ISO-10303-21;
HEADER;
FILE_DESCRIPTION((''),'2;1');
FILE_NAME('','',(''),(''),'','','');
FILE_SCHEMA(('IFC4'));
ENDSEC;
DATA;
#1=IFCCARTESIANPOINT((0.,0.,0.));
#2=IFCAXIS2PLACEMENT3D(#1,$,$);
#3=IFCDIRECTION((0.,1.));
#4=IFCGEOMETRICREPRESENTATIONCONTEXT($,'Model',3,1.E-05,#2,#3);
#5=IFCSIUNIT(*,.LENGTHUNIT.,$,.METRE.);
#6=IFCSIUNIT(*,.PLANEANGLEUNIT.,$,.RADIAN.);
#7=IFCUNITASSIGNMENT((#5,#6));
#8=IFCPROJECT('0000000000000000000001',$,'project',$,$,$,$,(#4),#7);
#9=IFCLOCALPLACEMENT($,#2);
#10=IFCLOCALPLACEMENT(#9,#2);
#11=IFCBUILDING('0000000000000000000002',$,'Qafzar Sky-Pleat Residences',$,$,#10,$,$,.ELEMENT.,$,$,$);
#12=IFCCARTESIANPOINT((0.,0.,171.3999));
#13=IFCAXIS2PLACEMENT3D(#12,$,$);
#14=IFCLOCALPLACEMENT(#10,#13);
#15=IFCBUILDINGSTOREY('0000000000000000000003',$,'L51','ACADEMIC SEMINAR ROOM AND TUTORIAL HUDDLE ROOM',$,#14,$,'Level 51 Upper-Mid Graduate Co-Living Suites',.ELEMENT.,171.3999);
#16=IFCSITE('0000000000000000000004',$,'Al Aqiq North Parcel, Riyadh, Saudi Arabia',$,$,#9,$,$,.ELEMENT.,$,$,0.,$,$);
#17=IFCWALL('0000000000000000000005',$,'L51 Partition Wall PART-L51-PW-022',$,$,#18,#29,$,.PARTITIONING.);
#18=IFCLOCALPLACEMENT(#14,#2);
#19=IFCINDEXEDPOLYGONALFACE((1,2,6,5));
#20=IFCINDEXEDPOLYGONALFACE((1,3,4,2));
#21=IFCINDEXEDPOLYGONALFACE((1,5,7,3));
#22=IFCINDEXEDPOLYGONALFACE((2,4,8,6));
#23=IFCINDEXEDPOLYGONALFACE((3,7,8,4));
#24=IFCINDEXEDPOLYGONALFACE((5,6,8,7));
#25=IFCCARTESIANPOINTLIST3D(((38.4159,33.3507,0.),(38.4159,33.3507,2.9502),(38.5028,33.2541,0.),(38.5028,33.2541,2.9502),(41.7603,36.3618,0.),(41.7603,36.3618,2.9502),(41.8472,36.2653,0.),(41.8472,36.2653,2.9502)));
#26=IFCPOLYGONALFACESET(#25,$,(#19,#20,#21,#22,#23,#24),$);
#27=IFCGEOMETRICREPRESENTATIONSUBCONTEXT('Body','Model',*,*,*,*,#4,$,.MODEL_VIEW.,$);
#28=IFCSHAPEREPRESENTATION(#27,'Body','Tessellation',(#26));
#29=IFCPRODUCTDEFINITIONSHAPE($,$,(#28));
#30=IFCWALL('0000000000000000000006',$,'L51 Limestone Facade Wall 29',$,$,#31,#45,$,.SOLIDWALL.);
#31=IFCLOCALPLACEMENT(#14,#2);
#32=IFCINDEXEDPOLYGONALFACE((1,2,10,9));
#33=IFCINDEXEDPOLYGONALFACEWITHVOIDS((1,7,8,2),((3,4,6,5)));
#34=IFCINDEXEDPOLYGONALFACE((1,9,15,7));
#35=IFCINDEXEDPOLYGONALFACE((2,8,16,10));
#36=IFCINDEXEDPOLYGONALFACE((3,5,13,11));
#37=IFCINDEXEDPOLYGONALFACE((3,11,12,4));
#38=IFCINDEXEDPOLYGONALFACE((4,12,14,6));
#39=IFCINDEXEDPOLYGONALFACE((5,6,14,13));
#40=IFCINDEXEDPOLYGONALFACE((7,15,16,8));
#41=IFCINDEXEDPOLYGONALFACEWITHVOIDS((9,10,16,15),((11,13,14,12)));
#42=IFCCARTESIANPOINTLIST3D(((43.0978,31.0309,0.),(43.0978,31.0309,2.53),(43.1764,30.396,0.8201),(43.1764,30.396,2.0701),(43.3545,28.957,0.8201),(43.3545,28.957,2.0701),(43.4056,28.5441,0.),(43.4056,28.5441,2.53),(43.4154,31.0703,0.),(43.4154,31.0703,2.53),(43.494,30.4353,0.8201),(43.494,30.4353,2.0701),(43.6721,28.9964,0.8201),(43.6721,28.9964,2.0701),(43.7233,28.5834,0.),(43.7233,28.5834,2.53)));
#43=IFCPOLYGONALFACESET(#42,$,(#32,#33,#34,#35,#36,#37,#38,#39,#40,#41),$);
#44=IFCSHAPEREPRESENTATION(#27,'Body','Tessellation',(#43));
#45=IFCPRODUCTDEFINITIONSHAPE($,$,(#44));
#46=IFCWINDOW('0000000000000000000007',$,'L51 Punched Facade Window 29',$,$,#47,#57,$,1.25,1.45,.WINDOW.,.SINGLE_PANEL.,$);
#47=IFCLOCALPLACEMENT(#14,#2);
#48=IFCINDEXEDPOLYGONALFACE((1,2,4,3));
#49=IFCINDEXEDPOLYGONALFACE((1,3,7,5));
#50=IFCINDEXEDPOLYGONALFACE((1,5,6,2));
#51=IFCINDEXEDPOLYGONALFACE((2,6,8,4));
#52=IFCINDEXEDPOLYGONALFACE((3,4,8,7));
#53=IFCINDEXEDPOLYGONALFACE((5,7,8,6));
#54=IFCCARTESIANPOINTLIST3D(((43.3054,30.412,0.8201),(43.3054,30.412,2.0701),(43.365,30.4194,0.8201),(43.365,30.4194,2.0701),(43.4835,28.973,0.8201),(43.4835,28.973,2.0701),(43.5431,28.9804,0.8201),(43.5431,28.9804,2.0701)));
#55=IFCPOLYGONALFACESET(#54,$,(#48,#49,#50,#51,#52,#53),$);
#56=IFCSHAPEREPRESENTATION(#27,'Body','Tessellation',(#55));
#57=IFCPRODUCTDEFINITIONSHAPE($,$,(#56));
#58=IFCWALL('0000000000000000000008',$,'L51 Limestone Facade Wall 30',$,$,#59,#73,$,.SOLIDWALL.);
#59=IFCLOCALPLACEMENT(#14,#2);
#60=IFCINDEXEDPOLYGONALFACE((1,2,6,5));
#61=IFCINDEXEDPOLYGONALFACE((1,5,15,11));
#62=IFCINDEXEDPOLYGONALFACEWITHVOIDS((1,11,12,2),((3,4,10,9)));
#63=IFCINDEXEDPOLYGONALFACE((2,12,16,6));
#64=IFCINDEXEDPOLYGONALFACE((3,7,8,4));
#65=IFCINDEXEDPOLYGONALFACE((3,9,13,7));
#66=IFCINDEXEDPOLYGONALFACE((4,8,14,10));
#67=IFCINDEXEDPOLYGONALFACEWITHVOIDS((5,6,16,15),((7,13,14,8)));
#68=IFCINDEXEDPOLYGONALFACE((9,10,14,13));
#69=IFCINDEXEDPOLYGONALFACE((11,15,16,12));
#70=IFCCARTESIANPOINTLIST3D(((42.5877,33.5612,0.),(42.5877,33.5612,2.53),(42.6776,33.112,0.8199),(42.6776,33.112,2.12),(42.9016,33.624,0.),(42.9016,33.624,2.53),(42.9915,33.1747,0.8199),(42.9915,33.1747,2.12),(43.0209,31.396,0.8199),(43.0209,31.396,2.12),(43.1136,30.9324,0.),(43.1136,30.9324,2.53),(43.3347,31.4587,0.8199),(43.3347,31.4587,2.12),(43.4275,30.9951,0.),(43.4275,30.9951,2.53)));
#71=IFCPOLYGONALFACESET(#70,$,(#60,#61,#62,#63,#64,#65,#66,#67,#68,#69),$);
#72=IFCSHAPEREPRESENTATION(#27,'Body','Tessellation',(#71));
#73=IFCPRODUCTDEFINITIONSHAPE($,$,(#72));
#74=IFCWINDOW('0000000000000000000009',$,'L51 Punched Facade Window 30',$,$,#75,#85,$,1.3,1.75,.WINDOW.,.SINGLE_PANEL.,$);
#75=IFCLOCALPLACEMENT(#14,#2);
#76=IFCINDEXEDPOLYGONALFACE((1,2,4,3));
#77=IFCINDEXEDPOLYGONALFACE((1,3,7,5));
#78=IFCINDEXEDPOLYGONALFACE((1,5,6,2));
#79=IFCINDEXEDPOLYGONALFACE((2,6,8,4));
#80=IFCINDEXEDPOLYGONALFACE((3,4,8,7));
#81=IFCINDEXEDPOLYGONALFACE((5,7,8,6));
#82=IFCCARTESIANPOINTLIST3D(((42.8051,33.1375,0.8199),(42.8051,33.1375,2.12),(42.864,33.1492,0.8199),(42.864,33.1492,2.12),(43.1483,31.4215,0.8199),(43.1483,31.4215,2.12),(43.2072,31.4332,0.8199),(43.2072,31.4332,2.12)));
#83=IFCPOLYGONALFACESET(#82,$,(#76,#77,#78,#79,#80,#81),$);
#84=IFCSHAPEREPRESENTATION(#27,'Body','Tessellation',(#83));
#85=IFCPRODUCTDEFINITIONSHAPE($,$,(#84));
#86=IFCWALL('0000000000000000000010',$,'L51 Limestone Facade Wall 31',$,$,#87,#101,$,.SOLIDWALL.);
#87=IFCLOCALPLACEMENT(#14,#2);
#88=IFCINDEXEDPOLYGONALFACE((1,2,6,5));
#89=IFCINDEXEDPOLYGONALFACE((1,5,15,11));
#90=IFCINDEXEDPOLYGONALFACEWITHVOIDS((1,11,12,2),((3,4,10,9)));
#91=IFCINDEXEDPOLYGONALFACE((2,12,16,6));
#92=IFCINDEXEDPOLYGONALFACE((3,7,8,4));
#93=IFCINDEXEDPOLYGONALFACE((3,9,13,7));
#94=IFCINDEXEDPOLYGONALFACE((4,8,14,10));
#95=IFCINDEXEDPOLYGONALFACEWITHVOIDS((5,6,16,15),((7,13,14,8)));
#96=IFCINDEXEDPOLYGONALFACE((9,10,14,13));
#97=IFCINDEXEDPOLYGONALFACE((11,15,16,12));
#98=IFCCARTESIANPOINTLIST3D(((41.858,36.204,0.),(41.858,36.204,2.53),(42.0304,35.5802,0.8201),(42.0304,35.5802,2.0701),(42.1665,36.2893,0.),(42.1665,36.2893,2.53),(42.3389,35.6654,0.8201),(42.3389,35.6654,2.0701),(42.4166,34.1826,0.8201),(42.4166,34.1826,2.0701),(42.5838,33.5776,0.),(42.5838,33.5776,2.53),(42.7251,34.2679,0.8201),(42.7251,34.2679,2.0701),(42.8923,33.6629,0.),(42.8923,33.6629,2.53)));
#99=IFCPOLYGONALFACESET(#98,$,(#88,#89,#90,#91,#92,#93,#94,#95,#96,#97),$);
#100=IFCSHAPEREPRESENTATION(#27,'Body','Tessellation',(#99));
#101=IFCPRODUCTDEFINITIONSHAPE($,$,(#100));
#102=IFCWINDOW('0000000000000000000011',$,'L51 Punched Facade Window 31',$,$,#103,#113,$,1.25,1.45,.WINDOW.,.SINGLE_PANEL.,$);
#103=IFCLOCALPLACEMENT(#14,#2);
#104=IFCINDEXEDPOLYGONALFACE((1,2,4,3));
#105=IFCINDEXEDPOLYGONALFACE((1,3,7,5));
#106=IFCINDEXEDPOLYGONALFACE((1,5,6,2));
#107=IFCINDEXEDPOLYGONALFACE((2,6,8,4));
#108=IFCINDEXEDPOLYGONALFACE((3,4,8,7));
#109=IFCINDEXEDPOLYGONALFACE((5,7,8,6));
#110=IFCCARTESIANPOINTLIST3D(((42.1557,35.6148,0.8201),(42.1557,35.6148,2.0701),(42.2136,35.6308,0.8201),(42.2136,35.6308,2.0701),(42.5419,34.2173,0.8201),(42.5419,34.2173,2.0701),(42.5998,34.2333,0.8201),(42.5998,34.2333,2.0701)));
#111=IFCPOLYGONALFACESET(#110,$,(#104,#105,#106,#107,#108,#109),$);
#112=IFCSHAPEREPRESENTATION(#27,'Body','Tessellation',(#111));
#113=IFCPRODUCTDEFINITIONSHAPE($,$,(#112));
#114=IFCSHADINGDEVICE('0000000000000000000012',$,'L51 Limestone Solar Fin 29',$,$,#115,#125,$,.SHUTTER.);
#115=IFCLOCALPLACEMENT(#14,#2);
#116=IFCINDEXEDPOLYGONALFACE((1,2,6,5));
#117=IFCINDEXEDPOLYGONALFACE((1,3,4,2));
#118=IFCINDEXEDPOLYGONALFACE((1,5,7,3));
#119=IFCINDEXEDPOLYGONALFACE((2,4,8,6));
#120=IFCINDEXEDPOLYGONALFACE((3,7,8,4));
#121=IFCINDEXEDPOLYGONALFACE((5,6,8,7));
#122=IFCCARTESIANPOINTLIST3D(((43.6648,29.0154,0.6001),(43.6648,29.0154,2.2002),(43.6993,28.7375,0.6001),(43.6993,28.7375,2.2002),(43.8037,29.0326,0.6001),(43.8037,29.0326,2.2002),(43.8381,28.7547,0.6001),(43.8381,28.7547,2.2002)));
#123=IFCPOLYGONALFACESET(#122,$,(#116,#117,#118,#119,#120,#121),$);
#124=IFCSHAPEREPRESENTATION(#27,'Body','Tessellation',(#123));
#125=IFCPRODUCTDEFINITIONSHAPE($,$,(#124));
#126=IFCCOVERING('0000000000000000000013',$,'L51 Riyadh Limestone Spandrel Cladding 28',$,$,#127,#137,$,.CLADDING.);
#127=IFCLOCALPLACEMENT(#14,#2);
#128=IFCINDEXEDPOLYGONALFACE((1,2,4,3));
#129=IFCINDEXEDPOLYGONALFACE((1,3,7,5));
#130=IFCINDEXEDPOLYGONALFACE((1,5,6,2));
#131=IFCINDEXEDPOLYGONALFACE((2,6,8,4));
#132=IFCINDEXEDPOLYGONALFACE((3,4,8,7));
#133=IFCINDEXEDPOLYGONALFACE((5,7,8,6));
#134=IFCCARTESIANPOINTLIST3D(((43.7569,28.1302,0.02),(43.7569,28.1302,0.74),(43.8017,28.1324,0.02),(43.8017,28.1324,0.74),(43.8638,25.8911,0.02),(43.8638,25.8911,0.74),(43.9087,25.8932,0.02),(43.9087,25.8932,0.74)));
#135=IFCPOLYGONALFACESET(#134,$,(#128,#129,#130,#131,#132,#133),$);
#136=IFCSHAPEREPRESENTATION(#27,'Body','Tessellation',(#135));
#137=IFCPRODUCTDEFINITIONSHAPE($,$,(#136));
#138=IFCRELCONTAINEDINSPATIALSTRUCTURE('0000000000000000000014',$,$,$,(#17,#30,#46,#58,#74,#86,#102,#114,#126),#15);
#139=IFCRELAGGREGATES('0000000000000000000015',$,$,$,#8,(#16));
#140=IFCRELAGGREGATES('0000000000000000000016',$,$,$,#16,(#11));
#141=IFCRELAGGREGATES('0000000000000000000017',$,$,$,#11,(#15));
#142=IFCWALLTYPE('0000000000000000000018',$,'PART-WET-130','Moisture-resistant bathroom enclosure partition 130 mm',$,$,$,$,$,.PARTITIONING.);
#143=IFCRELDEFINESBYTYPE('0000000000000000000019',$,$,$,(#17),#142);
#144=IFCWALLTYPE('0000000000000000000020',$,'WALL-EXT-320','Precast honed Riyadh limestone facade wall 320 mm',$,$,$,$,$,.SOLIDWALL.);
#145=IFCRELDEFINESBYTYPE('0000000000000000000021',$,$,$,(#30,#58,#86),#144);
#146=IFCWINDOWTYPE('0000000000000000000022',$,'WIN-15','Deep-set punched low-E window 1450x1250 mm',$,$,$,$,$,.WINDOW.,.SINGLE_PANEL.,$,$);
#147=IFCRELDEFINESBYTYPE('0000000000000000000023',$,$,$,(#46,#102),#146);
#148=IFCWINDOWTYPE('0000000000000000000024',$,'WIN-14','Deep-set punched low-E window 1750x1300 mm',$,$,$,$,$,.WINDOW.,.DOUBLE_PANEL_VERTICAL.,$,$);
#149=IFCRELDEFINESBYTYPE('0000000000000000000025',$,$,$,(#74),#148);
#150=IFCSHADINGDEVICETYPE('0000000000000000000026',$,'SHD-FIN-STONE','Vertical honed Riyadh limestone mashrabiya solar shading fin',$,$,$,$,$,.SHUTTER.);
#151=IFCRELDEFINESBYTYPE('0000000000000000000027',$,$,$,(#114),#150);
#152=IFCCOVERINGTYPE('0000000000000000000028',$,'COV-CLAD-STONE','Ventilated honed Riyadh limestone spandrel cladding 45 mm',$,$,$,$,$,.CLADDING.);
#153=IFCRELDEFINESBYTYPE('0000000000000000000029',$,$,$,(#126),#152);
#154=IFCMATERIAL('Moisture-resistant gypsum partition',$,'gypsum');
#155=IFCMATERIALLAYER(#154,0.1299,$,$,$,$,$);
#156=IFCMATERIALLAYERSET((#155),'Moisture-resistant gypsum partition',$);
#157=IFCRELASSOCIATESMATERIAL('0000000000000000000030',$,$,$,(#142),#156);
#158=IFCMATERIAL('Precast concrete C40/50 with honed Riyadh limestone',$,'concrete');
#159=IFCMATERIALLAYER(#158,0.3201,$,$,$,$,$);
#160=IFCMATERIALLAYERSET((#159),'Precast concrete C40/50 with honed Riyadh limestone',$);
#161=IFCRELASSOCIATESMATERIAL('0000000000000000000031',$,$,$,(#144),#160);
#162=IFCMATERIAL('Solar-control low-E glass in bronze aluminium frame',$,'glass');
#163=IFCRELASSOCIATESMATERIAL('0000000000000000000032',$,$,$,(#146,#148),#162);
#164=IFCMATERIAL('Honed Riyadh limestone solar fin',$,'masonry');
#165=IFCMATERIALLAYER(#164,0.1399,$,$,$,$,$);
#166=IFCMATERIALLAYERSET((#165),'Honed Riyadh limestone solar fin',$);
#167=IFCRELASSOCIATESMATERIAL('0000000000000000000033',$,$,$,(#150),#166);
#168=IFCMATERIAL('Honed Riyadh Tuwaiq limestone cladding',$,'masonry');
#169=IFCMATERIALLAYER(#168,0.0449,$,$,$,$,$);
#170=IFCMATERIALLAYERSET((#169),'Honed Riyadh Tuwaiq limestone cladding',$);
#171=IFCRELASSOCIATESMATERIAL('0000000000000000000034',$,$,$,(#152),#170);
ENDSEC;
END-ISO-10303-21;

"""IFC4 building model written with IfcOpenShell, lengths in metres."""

from ifc_helpers import new_model, si_unit, direction, frame, frame_2d, origin, origin_2d, place, context, subcontext, project, spatial, rectangle, extrude, source, transform, mapped, material, layer, layer_set, type_object, element, fill, save


model = new_model("IFC4")

# Units and contexts
model_context = context("Model", 3, precision=1e-05, world=origin(), true_north=direction((0.0, 1.0)))
body_context = subcontext(model_context, "Body", "Model", "MODEL_VIEW")
ifc_project = project(units=[si_unit("LENGTHUNIT", "METRE"), si_unit("PLANEANGLEUNIT", "RADIAN")], contexts=[model_context])

# Site, building, storey
site_placement = place(None, origin())
site = spatial("IfcSite", under=ifc_project, at=site_placement, Name="Al Aqiq North Parcel, Riyadh, Saudi Arabia", CompositionType="ELEMENT", RefElevation=0.0)
building_placement = place(site_placement, origin())
building = spatial("IfcBuilding", under=site, at=building_placement, Name="Qafzar Sky-Pleat Residences", CompositionType="ELEMENT")
storey_placement = place(building_placement, frame((0.0, 0.0, 171.3999)))
storey = spatial("IfcBuildingStorey", under=building, at=storey_placement, Name="L51", Description="ACADEMIC SEMINAR ROOM AND TUTORIAL HUDDLE ROOM", LongName="Level 51 Upper-Mid Graduate Co-Living Suites", CompositionType="ELEMENT", Elevation=171.3999)

# Wall
ifc_material_1 = material(Name="Moisture-resistant gypsum partition", Category="gypsum")
ifc_layer_1 = layer(ifc_material_1, 0.1299)
ifc_layer_set_1 = layer_set([ifc_layer_1], Name="Moisture-resistant gypsum partition")
wall_type_1 = type_object("IfcWallType", Name="PART-WET-130", Description="Moisture-resistant bathroom enclosure partition 130 mm", PredefinedType="PARTITIONING", material=ifc_layer_set_1)
wall_1_placement = place(storey_placement, frame((38.4595, 33.3025, 0.0), z_axis=(0.0, 0.0, 1.0), x_axis=(0.743162, 0.669112, 0.0)))
element("IfcWall", 1, at=wall_1_placement, inside=storey, type_object=wall_type_1, Name="L51 Partition Wall PART-L51-PW-022", PredefinedType="PARTITIONING", context=body_context, shape_type="SweptSolid", body=[
    extrude(rectangle(XDim=4.5002, YDim=0.1299, at=frame_2d((2.25, 0.0))), origin(), (0.0, 0.0, 1.0), 2.9502),
])

# Walls, openings, windows
ifc_material_2 = material(Name="Precast concrete C40/50 with honed Riyadh limestone", Category="concrete")
ifc_layer_2 = layer(ifc_material_2, 0.3201)
ifc_layer_set_2 = layer_set([ifc_layer_2], Name="Precast concrete C40/50 with honed Riyadh limestone")
wall_type_2 = type_object("IfcWallType", Name="WALL-EXT-320", Description="Precast honed Riyadh limestone facade wall 320 mm", PredefinedType="SOLIDWALL", material=ifc_layer_set_2)
wall_2_placement = place(storey_placement, frame((43.5645, 28.5637, 0.0), z_axis=(0.0, 0.0, 1.0), x_axis=(-0.122859, 0.992424, 0.0)))
wall_2 = element("IfcWall", 2, at=wall_2_placement, inside=storey, type_object=wall_type_2, Name="L51 Limestone Facade Wall 29", PredefinedType="SOLIDWALL", context=body_context, shape_type="SweptSolid", body=[
    extrude(rectangle(XDim=2.5059, YDim=0.3201, at=frame_2d((1.2529, 0.0))), origin(), (0.0, 0.0, 1.0), 2.53),
])
opening_1_placement = place(wall_2_placement, frame((0.416, 0.0, 0.8201)))
opening_1 = element("IfcOpeningElement", 3, at=opening_1_placement, cuts=wall_2, PredefinedType="OPENING", context=body_context, shape_type="SweptSolid", body=[
    extrude(rectangle(XDim=1.45, YDim=1.25, at=frame_2d((0.7251, 0.625))), frame((0.0, 0.1699, 0.0), z_axis=(0.0, -1.0, 0.0), x_axis=(1.0, 0.0, 0.0)), (0.0, 0.0, 1.0), 0.3401),
])
ifc_material_3 = material(Name="Solar-control low-E glass in bronze aluminium frame", Category="glass")
window_type_1 = type_object("IfcWindowType", Name="WIN-15", Description="Deep-set punched low-E window 1450x1250 mm", PartitioningType="SINGLE_PANEL", PredefinedType="WINDOW", material=ifc_material_3)
shared_shape_1 = source(origin(), body_context, "Body", "SweptSolid", [
    extrude(rectangle(XDim=1.45, YDim=1.25, at=frame_2d((0.7251, 0.625))), frame((0.0, 0.03, 0.0), z_axis=(0.0, -1.0, 0.0), x_axis=(1.0, 0.0, 0.0)), (0.0, 0.0, 1.0), 0.0601),
])
window_1_placement = place(opening_1_placement, origin())
window_1 = element("IfcWindow", 4, at=window_1_placement, inside=storey, type_object=window_type_1, Name="L51 Punched Facade Window 29", OverallHeight=1.25, OverallWidth=1.45, PartitioningType="SINGLE_PANEL", PredefinedType="WINDOW", context=body_context, shape_type="MappedRepresentation", body=[
    mapped(shared_shape_1, transform((0.0, 0.0, 0.0), x_axis=(1.0, 0.0, 0.0), y_axis=(0.0, 1.0, 0.0), z_axis=(0.0, 0.0, 1.0), scale=1.0)),
])
fill(opening_1, window_1)
wall_3_placement = place(storey_placement, frame((43.2705, 30.9639, 0.0), z_axis=(0.0, 0.0, 1.0), x_axis=(-0.196151, 0.980574, 0.0)))
wall_3 = element("IfcWall", 5, at=wall_3_placement, inside=storey, type_object=wall_type_2, Name="L51 Limestone Facade Wall 30", PredefinedType="SOLIDWALL", context=body_context, shape_type="SweptSolid", body=[
    extrude(rectangle(XDim=2.6809, YDim=0.3201, at=frame_2d((1.3403, 0.0))), origin(), (0.0, 0.0, 1.0), 2.53),
])
opening_2_placement = place(wall_3_placement, frame((0.4727, 0.0, 0.8201)))
opening_2 = element("IfcOpeningElement", 6, at=opening_2_placement, cuts=wall_3, PredefinedType="OPENING", context=body_context, shape_type="SweptSolid", body=[
    extrude(rectangle(XDim=1.75, YDim=1.3, at=frame_2d((0.875, 0.6499))), frame((0.0, 0.1699, 0.0), z_axis=(0.0, -1.0, 0.0), x_axis=(1.0, 0.0, 0.0)), (0.0, 0.0, 1.0), 0.3401),
])
window_type_2 = type_object("IfcWindowType", Name="WIN-14", Description="Deep-set punched low-E window 1750x1300 mm", PartitioningType="DOUBLE_PANEL_VERTICAL", PredefinedType="WINDOW", material=ifc_material_3)
shared_shape_2 = source(origin(), body_context, "Body", "SweptSolid", [
    extrude(rectangle(XDim=1.75, YDim=1.3, at=frame_2d((0.875, 0.6499))), frame((0.0, 0.03, 0.0), z_axis=(0.0, -1.0, 0.0), x_axis=(1.0, 0.0, 0.0)), (0.0, 0.0, 1.0), 0.0601),
])
window_2_placement = place(opening_2_placement, origin())
window_2 = element("IfcWindow", 7, at=window_2_placement, inside=storey, type_object=window_type_2, Name="L51 Punched Facade Window 30", OverallHeight=1.3, OverallWidth=1.75, PartitioningType="SINGLE_PANEL", PredefinedType="WINDOW", context=body_context, shape_type="MappedRepresentation", body=[
    mapped(shared_shape_2, transform((0.0, 0.0, 0.0), x_axis=(1.0, 0.0, 0.0), y_axis=(0.0, 1.0, 0.0), z_axis=(0.0, 0.0, 1.0), scale=1.0)),
])
fill(opening_2, window_2)
wall_4_placement = place(storey_placement, frame((42.738, 33.6204, 0.0), z_axis=(0.0, 0.0, 1.0), x_axis=(-0.266368, 0.963871, 0.0)))
wall_4 = element("IfcWall", 8, at=wall_4_placement, inside=storey, type_object=wall_type_2, Name="L51 Limestone Facade Wall 31", PredefinedType="SOLIDWALL", context=body_context, shape_type="SweptSolid", body=[
    extrude(rectangle(XDim=2.7249, YDim=0.3201, at=frame_2d((1.3623, 0.0))), origin(), (0.0, 0.0, 1.0), 2.53),
])
opening_3_placement = place(wall_4_placement, frame((0.6274, 0.0, 0.8201)))
opening_3 = element("IfcOpeningElement", 9, at=opening_3_placement, cuts=wall_4, PredefinedType="OPENING", context=body_context, shape_type="SweptSolid", body=[
    extrude(rectangle(XDim=1.45, YDim=1.25, at=frame_2d((0.7251, 0.625))), frame((0.0, 0.1699, 0.0), z_axis=(0.0, -1.0, 0.0), x_axis=(1.0, 0.0, 0.0)), (0.0, 0.0, 1.0), 0.3401),
])
window_3_placement = place(opening_3_placement, origin())
window_3 = element("IfcWindow", 10, at=window_3_placement, inside=storey, type_object=window_type_1, Name="L51 Punched Facade Window 31", OverallHeight=1.25, OverallWidth=1.45, PartitioningType="SINGLE_PANEL", PredefinedType="WINDOW", context=body_context, shape_type="MappedRepresentation", body=[
    mapped(shared_shape_1, transform((0.0, 0.0, 0.0), x_axis=(1.0, 0.0, 0.0), y_axis=(0.0, 1.0, 0.0), z_axis=(0.0, 0.0, 1.0), scale=1.0)),
])
fill(opening_3, window_3)

# Shading device
ifc_material_4 = material(Name="Honed Riyadh limestone solar fin", Category="masonry")
ifc_layer_3 = layer(ifc_material_4, 0.1399)
ifc_layer_set_3 = layer_set([ifc_layer_3], Name="Honed Riyadh limestone solar fin")
shading_device_type = type_object("IfcShadingDeviceType", Name="SHD-FIN-STONE", Description="Vertical honed Riyadh limestone mashrabiya solar shading fin", PredefinedType="SHUTTER", material=ifc_layer_set_3)
shared_shape_3 = source(origin(), body_context, "Body", "SweptSolid", [
    extrude(rectangle(XDim=0.1399, YDim=0.28, at=origin_2d()), origin(), (0.0, 0.0, 1.0), 1.6001),
])
shading_device_placement = place(storey_placement, frame((43.7515, 28.885, 0.6001), z_axis=(0.0, 0.0, 1.0), x_axis=(0.992419, 0.122903, 0.0)))
element("IfcShadingDevice", 11, at=shading_device_placement, inside=storey, type_object=shading_device_type, Name="L51 Limestone Solar Fin 29", PredefinedType="SHUTTER", context=body_context, shape_type="MappedRepresentation", body=[
    mapped(shared_shape_3, transform((0.0, 0.0, 0.0), x_axis=(1.0, 0.0, 0.0), y_axis=(0.0, 1.0, 0.0), z_axis=(0.0, 0.0, 1.0), scale=1.0)),
])

# Covering
ifc_material_5 = material(Name="Honed Riyadh Tuwaiq limestone cladding", Category="masonry")
ifc_layer_4 = layer(ifc_material_5, 0.0449)
ifc_layer_set_4 = layer_set([ifc_layer_4], Name="Honed Riyadh Tuwaiq limestone cladding")
covering_type = type_object("IfcCoveringType", Name="COV-CLAD-STONE", Description="Ventilated honed Riyadh limestone spandrel cladding 45 mm", PredefinedType="CLADDING", material=ifc_layer_set_4)
shared_shape_4 = source(origin(), body_context, "Body", "SweptSolid", [
    extrude(rectangle(XDim=2.2417, YDim=0.0449, at=origin_2d()), origin(), (0.0, 0.0, 1.0), 0.72),
])
covering_placement = place(storey_placement, frame((43.8328, 27.0117, 0.02), z_axis=(0.0, 0.0, 1.0), x_axis=(-0.047693, 0.998862, 0.0)))
element("IfcCovering", 12, at=covering_placement, inside=storey, type_object=covering_type, Name="L51 Riyadh Limestone Spandrel Cladding 28", PredefinedType="CLADDING", context=body_context, shape_type="MappedRepresentation", body=[
    mapped(shared_shape_4, transform((0.0, 0.0, 0.0), x_axis=(1.0, 0.0, 0.0), y_axis=(0.0, 1.0, 0.0), z_axis=(0.0, 0.0, 1.0), scale=1.0)),
])

save(model, "model.ifc")
